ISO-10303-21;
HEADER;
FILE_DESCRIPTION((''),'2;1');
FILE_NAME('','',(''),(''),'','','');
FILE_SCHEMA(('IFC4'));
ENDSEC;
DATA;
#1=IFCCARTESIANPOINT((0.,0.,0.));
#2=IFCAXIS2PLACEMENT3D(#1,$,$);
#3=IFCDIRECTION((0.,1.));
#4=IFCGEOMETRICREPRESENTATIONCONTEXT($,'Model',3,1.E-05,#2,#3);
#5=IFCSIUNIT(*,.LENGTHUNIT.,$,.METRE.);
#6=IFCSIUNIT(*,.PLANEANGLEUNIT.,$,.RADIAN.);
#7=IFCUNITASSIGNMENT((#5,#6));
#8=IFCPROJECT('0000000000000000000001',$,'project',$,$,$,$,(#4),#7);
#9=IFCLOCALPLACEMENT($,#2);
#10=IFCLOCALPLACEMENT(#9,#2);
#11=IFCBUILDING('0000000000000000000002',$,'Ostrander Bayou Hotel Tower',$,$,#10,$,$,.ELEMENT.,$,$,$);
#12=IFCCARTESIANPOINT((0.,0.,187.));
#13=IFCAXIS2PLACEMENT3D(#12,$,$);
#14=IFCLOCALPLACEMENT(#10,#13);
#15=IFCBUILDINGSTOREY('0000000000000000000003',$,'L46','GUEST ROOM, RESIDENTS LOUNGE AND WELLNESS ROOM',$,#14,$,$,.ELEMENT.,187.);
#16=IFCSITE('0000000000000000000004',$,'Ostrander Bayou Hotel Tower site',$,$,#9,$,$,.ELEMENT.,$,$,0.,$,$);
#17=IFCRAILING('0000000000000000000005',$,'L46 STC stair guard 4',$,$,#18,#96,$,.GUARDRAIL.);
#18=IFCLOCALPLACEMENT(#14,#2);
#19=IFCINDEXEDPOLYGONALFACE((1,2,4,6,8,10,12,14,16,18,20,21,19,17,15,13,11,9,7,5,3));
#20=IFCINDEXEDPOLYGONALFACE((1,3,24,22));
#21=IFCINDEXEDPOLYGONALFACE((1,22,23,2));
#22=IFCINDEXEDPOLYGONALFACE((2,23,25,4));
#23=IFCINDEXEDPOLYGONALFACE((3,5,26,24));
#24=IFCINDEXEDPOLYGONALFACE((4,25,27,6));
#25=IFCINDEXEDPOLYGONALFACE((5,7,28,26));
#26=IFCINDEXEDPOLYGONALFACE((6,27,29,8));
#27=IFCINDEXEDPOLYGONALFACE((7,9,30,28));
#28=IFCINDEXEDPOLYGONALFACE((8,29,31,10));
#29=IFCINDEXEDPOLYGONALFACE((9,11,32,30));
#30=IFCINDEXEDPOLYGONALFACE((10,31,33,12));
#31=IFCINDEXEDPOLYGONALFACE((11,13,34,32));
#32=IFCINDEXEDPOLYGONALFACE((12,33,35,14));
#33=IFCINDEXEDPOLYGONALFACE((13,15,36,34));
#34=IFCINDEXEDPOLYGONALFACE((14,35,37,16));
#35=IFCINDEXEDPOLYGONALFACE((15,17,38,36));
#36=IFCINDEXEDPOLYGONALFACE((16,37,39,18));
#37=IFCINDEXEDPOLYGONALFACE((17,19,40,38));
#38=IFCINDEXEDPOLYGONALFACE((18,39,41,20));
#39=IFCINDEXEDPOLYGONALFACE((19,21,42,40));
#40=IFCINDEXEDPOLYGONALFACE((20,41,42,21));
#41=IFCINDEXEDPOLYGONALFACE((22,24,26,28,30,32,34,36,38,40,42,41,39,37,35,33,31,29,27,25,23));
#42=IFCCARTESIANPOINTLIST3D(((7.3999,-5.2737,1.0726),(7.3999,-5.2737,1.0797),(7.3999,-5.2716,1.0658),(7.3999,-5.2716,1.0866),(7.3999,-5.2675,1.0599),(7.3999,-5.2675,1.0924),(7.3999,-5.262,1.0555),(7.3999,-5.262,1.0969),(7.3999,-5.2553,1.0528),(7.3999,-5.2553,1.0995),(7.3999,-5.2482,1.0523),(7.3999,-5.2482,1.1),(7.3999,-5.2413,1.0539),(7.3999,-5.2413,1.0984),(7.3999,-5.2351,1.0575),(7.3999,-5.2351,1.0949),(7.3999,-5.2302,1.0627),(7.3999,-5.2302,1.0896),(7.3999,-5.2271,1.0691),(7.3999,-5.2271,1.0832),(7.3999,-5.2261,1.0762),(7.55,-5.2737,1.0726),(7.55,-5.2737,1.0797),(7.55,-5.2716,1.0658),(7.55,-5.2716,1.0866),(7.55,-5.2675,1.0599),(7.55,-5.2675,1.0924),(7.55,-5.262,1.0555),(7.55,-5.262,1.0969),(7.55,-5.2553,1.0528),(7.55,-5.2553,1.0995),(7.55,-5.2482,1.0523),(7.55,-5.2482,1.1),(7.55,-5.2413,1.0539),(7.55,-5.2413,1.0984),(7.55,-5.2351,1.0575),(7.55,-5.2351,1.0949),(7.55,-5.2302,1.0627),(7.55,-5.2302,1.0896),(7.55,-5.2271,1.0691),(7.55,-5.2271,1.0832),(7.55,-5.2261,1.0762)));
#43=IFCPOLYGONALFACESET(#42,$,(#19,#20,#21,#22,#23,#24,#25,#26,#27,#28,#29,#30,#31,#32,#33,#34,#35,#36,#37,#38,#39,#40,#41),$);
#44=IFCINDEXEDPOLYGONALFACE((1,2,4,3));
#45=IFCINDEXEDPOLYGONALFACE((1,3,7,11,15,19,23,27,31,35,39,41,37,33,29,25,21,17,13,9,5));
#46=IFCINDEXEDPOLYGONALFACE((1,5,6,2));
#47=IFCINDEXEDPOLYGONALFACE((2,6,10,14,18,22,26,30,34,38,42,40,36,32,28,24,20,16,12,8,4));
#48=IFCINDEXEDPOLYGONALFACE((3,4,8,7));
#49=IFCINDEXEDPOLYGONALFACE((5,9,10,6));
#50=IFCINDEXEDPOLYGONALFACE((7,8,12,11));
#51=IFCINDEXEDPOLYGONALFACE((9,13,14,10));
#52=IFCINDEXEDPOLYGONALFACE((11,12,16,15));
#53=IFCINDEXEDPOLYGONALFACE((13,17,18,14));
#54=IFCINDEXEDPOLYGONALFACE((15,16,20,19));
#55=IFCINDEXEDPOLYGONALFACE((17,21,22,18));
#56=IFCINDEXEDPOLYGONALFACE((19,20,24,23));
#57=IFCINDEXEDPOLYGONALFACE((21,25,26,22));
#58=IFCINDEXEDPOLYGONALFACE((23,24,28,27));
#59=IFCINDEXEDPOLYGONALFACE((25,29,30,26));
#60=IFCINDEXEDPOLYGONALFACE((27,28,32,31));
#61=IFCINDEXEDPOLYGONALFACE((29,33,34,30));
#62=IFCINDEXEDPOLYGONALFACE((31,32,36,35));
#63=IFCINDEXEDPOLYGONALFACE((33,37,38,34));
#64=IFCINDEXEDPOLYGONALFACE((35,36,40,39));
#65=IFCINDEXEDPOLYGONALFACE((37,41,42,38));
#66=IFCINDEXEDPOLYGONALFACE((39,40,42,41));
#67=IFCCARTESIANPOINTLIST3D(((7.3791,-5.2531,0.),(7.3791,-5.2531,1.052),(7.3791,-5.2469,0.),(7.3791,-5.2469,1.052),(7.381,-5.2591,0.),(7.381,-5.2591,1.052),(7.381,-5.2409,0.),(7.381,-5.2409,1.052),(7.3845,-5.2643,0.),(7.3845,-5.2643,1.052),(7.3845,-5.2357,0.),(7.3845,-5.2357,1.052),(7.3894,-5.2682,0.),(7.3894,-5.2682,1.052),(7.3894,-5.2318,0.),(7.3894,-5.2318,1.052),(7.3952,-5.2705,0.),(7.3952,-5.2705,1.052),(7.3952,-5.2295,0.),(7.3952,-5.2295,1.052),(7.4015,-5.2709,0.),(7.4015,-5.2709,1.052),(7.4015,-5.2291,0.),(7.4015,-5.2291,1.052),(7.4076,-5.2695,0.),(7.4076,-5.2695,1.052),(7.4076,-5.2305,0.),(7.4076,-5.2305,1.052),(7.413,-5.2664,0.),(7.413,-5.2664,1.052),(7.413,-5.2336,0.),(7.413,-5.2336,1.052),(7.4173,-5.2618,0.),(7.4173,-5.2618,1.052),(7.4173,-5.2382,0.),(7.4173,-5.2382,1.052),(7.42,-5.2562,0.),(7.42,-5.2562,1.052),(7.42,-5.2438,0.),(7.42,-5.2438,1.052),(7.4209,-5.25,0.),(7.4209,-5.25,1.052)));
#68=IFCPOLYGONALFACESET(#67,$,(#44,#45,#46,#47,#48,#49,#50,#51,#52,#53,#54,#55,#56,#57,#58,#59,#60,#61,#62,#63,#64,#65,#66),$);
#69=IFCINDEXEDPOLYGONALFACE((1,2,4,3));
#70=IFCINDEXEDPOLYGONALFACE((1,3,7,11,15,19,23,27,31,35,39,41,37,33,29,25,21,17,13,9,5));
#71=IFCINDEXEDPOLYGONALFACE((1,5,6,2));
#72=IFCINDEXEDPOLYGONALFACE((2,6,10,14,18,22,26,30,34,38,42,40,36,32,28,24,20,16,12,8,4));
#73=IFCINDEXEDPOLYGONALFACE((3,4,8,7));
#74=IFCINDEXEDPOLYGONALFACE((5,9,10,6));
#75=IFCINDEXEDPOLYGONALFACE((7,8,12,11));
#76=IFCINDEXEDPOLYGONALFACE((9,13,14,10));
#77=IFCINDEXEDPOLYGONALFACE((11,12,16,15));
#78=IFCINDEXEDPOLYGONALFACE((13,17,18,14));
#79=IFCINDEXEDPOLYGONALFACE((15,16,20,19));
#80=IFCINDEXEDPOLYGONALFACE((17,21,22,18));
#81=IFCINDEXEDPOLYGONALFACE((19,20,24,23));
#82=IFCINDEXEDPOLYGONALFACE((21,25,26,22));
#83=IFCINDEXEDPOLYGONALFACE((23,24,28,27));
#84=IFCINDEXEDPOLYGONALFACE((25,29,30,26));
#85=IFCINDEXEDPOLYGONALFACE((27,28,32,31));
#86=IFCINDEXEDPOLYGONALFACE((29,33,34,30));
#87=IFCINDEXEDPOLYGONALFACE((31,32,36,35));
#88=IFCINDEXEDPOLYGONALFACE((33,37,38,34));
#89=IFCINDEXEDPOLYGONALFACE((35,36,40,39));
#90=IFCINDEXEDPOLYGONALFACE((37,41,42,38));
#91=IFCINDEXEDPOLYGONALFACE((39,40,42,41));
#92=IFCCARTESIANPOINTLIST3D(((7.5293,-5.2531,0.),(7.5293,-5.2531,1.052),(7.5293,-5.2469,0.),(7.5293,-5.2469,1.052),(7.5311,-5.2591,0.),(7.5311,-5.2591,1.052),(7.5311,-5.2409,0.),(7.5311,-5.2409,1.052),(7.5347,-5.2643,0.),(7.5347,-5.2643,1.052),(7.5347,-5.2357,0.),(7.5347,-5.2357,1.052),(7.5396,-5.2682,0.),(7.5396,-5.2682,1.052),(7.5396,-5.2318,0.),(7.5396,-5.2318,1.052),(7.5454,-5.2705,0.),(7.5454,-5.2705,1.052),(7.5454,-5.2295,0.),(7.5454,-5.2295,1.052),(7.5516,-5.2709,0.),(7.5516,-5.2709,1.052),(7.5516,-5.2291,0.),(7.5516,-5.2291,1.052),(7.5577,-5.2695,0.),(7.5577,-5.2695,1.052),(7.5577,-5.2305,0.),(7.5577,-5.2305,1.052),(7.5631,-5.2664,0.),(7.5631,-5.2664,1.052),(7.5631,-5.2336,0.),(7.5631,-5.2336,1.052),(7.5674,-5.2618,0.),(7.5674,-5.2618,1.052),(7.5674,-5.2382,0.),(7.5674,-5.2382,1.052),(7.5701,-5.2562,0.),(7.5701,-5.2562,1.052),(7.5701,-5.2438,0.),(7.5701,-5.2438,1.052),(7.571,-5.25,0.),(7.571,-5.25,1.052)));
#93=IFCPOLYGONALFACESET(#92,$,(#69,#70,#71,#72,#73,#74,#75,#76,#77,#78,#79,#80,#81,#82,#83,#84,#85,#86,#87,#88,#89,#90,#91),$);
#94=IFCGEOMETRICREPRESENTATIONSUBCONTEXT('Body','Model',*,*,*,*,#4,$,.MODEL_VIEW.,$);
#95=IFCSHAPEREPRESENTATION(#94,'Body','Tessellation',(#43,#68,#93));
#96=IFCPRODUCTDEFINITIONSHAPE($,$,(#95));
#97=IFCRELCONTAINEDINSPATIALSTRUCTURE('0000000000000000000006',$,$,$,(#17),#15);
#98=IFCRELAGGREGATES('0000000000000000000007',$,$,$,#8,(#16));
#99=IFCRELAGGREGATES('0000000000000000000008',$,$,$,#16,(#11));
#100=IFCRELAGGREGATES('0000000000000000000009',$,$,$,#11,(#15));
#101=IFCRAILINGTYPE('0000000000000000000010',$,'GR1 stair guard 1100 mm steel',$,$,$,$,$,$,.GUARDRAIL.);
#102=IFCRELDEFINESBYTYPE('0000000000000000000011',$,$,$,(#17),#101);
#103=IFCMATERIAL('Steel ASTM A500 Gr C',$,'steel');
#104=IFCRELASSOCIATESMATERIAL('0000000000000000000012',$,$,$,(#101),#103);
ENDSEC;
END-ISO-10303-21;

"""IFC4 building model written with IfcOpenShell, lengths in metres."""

from ifc_helpers import new_model, si_unit, direction, frame, origin, origin_2d, place, context, subcontext, project, spatial, circle, extrude, material, type_object, element, save


model = new_model("IFC4")

# Units and contexts
model_context = context("Model", 3, precision=1e-05, world=origin(), true_north=direction((0.0, 1.0)))
body_context = subcontext(model_context, "Body", "Model", "MODEL_VIEW")
ifc_project = project(units=[si_unit("LENGTHUNIT", "METRE"), si_unit("PLANEANGLEUNIT", "RADIAN")], contexts=[model_context])

# Site, building, storey
site_placement = place(None, origin())
site = spatial("IfcSite", under=ifc_project, at=site_placement, Name="Ostrander Bayou Hotel Tower site", CompositionType="ELEMENT", RefElevation=0.0)
building_placement = place(site_placement, origin())
building = spatial("IfcBuilding", under=site, at=building_placement, Name="Ostrander Bayou Hotel Tower", CompositionType="ELEMENT")
storey_placement = place(building_placement, frame((0.0, 0.0, 187.0)))
storey = spatial("IfcBuildingStorey", under=building, at=storey_placement, Name="L46", Description="GUEST ROOM, RESIDENTS LOUNGE AND WELLNESS ROOM", CompositionType="ELEMENT", Elevation=187.0)

# Railing
ifc_material_1 = material(Name="Steel ASTM A500 Gr C", Category="steel")
railing_type_1 = type_object("IfcRailingType", Name="GR1 stair guard 1100 mm steel", PredefinedType="GUARDRAIL", material=ifc_material_1)
railing_1_placement = place(storey_placement, frame((7.3999, -5.25, 0.0)))
element("IfcRailing", 1, at=railing_1_placement, inside=storey, type_object=railing_type_1, Name="L46 STC stair guard 4", PredefinedType="GUARDRAIL", context=body_context, shape_type="SweptSolid", body=[
    extrude(circle(Radius=0.0239, at=origin_2d()), frame((0.0, 0.0, 1.0762), z_axis=(1.0, 0.0, 0.0), x_axis=(0.0, 1.0, 0.0)), (0.0, 0.0, 1.0), 0.1501),
    extrude(circle(Radius=0.021, at=origin_2d()), origin(), (0.0, 0.0, 1.0), 1.052),
    extrude(circle(Radius=0.021, at=origin_2d()), frame((0.1501, 0.0, 0.0)), (0.0, 0.0, 1.0), 1.052),
])

save(model, "model.ifc")
